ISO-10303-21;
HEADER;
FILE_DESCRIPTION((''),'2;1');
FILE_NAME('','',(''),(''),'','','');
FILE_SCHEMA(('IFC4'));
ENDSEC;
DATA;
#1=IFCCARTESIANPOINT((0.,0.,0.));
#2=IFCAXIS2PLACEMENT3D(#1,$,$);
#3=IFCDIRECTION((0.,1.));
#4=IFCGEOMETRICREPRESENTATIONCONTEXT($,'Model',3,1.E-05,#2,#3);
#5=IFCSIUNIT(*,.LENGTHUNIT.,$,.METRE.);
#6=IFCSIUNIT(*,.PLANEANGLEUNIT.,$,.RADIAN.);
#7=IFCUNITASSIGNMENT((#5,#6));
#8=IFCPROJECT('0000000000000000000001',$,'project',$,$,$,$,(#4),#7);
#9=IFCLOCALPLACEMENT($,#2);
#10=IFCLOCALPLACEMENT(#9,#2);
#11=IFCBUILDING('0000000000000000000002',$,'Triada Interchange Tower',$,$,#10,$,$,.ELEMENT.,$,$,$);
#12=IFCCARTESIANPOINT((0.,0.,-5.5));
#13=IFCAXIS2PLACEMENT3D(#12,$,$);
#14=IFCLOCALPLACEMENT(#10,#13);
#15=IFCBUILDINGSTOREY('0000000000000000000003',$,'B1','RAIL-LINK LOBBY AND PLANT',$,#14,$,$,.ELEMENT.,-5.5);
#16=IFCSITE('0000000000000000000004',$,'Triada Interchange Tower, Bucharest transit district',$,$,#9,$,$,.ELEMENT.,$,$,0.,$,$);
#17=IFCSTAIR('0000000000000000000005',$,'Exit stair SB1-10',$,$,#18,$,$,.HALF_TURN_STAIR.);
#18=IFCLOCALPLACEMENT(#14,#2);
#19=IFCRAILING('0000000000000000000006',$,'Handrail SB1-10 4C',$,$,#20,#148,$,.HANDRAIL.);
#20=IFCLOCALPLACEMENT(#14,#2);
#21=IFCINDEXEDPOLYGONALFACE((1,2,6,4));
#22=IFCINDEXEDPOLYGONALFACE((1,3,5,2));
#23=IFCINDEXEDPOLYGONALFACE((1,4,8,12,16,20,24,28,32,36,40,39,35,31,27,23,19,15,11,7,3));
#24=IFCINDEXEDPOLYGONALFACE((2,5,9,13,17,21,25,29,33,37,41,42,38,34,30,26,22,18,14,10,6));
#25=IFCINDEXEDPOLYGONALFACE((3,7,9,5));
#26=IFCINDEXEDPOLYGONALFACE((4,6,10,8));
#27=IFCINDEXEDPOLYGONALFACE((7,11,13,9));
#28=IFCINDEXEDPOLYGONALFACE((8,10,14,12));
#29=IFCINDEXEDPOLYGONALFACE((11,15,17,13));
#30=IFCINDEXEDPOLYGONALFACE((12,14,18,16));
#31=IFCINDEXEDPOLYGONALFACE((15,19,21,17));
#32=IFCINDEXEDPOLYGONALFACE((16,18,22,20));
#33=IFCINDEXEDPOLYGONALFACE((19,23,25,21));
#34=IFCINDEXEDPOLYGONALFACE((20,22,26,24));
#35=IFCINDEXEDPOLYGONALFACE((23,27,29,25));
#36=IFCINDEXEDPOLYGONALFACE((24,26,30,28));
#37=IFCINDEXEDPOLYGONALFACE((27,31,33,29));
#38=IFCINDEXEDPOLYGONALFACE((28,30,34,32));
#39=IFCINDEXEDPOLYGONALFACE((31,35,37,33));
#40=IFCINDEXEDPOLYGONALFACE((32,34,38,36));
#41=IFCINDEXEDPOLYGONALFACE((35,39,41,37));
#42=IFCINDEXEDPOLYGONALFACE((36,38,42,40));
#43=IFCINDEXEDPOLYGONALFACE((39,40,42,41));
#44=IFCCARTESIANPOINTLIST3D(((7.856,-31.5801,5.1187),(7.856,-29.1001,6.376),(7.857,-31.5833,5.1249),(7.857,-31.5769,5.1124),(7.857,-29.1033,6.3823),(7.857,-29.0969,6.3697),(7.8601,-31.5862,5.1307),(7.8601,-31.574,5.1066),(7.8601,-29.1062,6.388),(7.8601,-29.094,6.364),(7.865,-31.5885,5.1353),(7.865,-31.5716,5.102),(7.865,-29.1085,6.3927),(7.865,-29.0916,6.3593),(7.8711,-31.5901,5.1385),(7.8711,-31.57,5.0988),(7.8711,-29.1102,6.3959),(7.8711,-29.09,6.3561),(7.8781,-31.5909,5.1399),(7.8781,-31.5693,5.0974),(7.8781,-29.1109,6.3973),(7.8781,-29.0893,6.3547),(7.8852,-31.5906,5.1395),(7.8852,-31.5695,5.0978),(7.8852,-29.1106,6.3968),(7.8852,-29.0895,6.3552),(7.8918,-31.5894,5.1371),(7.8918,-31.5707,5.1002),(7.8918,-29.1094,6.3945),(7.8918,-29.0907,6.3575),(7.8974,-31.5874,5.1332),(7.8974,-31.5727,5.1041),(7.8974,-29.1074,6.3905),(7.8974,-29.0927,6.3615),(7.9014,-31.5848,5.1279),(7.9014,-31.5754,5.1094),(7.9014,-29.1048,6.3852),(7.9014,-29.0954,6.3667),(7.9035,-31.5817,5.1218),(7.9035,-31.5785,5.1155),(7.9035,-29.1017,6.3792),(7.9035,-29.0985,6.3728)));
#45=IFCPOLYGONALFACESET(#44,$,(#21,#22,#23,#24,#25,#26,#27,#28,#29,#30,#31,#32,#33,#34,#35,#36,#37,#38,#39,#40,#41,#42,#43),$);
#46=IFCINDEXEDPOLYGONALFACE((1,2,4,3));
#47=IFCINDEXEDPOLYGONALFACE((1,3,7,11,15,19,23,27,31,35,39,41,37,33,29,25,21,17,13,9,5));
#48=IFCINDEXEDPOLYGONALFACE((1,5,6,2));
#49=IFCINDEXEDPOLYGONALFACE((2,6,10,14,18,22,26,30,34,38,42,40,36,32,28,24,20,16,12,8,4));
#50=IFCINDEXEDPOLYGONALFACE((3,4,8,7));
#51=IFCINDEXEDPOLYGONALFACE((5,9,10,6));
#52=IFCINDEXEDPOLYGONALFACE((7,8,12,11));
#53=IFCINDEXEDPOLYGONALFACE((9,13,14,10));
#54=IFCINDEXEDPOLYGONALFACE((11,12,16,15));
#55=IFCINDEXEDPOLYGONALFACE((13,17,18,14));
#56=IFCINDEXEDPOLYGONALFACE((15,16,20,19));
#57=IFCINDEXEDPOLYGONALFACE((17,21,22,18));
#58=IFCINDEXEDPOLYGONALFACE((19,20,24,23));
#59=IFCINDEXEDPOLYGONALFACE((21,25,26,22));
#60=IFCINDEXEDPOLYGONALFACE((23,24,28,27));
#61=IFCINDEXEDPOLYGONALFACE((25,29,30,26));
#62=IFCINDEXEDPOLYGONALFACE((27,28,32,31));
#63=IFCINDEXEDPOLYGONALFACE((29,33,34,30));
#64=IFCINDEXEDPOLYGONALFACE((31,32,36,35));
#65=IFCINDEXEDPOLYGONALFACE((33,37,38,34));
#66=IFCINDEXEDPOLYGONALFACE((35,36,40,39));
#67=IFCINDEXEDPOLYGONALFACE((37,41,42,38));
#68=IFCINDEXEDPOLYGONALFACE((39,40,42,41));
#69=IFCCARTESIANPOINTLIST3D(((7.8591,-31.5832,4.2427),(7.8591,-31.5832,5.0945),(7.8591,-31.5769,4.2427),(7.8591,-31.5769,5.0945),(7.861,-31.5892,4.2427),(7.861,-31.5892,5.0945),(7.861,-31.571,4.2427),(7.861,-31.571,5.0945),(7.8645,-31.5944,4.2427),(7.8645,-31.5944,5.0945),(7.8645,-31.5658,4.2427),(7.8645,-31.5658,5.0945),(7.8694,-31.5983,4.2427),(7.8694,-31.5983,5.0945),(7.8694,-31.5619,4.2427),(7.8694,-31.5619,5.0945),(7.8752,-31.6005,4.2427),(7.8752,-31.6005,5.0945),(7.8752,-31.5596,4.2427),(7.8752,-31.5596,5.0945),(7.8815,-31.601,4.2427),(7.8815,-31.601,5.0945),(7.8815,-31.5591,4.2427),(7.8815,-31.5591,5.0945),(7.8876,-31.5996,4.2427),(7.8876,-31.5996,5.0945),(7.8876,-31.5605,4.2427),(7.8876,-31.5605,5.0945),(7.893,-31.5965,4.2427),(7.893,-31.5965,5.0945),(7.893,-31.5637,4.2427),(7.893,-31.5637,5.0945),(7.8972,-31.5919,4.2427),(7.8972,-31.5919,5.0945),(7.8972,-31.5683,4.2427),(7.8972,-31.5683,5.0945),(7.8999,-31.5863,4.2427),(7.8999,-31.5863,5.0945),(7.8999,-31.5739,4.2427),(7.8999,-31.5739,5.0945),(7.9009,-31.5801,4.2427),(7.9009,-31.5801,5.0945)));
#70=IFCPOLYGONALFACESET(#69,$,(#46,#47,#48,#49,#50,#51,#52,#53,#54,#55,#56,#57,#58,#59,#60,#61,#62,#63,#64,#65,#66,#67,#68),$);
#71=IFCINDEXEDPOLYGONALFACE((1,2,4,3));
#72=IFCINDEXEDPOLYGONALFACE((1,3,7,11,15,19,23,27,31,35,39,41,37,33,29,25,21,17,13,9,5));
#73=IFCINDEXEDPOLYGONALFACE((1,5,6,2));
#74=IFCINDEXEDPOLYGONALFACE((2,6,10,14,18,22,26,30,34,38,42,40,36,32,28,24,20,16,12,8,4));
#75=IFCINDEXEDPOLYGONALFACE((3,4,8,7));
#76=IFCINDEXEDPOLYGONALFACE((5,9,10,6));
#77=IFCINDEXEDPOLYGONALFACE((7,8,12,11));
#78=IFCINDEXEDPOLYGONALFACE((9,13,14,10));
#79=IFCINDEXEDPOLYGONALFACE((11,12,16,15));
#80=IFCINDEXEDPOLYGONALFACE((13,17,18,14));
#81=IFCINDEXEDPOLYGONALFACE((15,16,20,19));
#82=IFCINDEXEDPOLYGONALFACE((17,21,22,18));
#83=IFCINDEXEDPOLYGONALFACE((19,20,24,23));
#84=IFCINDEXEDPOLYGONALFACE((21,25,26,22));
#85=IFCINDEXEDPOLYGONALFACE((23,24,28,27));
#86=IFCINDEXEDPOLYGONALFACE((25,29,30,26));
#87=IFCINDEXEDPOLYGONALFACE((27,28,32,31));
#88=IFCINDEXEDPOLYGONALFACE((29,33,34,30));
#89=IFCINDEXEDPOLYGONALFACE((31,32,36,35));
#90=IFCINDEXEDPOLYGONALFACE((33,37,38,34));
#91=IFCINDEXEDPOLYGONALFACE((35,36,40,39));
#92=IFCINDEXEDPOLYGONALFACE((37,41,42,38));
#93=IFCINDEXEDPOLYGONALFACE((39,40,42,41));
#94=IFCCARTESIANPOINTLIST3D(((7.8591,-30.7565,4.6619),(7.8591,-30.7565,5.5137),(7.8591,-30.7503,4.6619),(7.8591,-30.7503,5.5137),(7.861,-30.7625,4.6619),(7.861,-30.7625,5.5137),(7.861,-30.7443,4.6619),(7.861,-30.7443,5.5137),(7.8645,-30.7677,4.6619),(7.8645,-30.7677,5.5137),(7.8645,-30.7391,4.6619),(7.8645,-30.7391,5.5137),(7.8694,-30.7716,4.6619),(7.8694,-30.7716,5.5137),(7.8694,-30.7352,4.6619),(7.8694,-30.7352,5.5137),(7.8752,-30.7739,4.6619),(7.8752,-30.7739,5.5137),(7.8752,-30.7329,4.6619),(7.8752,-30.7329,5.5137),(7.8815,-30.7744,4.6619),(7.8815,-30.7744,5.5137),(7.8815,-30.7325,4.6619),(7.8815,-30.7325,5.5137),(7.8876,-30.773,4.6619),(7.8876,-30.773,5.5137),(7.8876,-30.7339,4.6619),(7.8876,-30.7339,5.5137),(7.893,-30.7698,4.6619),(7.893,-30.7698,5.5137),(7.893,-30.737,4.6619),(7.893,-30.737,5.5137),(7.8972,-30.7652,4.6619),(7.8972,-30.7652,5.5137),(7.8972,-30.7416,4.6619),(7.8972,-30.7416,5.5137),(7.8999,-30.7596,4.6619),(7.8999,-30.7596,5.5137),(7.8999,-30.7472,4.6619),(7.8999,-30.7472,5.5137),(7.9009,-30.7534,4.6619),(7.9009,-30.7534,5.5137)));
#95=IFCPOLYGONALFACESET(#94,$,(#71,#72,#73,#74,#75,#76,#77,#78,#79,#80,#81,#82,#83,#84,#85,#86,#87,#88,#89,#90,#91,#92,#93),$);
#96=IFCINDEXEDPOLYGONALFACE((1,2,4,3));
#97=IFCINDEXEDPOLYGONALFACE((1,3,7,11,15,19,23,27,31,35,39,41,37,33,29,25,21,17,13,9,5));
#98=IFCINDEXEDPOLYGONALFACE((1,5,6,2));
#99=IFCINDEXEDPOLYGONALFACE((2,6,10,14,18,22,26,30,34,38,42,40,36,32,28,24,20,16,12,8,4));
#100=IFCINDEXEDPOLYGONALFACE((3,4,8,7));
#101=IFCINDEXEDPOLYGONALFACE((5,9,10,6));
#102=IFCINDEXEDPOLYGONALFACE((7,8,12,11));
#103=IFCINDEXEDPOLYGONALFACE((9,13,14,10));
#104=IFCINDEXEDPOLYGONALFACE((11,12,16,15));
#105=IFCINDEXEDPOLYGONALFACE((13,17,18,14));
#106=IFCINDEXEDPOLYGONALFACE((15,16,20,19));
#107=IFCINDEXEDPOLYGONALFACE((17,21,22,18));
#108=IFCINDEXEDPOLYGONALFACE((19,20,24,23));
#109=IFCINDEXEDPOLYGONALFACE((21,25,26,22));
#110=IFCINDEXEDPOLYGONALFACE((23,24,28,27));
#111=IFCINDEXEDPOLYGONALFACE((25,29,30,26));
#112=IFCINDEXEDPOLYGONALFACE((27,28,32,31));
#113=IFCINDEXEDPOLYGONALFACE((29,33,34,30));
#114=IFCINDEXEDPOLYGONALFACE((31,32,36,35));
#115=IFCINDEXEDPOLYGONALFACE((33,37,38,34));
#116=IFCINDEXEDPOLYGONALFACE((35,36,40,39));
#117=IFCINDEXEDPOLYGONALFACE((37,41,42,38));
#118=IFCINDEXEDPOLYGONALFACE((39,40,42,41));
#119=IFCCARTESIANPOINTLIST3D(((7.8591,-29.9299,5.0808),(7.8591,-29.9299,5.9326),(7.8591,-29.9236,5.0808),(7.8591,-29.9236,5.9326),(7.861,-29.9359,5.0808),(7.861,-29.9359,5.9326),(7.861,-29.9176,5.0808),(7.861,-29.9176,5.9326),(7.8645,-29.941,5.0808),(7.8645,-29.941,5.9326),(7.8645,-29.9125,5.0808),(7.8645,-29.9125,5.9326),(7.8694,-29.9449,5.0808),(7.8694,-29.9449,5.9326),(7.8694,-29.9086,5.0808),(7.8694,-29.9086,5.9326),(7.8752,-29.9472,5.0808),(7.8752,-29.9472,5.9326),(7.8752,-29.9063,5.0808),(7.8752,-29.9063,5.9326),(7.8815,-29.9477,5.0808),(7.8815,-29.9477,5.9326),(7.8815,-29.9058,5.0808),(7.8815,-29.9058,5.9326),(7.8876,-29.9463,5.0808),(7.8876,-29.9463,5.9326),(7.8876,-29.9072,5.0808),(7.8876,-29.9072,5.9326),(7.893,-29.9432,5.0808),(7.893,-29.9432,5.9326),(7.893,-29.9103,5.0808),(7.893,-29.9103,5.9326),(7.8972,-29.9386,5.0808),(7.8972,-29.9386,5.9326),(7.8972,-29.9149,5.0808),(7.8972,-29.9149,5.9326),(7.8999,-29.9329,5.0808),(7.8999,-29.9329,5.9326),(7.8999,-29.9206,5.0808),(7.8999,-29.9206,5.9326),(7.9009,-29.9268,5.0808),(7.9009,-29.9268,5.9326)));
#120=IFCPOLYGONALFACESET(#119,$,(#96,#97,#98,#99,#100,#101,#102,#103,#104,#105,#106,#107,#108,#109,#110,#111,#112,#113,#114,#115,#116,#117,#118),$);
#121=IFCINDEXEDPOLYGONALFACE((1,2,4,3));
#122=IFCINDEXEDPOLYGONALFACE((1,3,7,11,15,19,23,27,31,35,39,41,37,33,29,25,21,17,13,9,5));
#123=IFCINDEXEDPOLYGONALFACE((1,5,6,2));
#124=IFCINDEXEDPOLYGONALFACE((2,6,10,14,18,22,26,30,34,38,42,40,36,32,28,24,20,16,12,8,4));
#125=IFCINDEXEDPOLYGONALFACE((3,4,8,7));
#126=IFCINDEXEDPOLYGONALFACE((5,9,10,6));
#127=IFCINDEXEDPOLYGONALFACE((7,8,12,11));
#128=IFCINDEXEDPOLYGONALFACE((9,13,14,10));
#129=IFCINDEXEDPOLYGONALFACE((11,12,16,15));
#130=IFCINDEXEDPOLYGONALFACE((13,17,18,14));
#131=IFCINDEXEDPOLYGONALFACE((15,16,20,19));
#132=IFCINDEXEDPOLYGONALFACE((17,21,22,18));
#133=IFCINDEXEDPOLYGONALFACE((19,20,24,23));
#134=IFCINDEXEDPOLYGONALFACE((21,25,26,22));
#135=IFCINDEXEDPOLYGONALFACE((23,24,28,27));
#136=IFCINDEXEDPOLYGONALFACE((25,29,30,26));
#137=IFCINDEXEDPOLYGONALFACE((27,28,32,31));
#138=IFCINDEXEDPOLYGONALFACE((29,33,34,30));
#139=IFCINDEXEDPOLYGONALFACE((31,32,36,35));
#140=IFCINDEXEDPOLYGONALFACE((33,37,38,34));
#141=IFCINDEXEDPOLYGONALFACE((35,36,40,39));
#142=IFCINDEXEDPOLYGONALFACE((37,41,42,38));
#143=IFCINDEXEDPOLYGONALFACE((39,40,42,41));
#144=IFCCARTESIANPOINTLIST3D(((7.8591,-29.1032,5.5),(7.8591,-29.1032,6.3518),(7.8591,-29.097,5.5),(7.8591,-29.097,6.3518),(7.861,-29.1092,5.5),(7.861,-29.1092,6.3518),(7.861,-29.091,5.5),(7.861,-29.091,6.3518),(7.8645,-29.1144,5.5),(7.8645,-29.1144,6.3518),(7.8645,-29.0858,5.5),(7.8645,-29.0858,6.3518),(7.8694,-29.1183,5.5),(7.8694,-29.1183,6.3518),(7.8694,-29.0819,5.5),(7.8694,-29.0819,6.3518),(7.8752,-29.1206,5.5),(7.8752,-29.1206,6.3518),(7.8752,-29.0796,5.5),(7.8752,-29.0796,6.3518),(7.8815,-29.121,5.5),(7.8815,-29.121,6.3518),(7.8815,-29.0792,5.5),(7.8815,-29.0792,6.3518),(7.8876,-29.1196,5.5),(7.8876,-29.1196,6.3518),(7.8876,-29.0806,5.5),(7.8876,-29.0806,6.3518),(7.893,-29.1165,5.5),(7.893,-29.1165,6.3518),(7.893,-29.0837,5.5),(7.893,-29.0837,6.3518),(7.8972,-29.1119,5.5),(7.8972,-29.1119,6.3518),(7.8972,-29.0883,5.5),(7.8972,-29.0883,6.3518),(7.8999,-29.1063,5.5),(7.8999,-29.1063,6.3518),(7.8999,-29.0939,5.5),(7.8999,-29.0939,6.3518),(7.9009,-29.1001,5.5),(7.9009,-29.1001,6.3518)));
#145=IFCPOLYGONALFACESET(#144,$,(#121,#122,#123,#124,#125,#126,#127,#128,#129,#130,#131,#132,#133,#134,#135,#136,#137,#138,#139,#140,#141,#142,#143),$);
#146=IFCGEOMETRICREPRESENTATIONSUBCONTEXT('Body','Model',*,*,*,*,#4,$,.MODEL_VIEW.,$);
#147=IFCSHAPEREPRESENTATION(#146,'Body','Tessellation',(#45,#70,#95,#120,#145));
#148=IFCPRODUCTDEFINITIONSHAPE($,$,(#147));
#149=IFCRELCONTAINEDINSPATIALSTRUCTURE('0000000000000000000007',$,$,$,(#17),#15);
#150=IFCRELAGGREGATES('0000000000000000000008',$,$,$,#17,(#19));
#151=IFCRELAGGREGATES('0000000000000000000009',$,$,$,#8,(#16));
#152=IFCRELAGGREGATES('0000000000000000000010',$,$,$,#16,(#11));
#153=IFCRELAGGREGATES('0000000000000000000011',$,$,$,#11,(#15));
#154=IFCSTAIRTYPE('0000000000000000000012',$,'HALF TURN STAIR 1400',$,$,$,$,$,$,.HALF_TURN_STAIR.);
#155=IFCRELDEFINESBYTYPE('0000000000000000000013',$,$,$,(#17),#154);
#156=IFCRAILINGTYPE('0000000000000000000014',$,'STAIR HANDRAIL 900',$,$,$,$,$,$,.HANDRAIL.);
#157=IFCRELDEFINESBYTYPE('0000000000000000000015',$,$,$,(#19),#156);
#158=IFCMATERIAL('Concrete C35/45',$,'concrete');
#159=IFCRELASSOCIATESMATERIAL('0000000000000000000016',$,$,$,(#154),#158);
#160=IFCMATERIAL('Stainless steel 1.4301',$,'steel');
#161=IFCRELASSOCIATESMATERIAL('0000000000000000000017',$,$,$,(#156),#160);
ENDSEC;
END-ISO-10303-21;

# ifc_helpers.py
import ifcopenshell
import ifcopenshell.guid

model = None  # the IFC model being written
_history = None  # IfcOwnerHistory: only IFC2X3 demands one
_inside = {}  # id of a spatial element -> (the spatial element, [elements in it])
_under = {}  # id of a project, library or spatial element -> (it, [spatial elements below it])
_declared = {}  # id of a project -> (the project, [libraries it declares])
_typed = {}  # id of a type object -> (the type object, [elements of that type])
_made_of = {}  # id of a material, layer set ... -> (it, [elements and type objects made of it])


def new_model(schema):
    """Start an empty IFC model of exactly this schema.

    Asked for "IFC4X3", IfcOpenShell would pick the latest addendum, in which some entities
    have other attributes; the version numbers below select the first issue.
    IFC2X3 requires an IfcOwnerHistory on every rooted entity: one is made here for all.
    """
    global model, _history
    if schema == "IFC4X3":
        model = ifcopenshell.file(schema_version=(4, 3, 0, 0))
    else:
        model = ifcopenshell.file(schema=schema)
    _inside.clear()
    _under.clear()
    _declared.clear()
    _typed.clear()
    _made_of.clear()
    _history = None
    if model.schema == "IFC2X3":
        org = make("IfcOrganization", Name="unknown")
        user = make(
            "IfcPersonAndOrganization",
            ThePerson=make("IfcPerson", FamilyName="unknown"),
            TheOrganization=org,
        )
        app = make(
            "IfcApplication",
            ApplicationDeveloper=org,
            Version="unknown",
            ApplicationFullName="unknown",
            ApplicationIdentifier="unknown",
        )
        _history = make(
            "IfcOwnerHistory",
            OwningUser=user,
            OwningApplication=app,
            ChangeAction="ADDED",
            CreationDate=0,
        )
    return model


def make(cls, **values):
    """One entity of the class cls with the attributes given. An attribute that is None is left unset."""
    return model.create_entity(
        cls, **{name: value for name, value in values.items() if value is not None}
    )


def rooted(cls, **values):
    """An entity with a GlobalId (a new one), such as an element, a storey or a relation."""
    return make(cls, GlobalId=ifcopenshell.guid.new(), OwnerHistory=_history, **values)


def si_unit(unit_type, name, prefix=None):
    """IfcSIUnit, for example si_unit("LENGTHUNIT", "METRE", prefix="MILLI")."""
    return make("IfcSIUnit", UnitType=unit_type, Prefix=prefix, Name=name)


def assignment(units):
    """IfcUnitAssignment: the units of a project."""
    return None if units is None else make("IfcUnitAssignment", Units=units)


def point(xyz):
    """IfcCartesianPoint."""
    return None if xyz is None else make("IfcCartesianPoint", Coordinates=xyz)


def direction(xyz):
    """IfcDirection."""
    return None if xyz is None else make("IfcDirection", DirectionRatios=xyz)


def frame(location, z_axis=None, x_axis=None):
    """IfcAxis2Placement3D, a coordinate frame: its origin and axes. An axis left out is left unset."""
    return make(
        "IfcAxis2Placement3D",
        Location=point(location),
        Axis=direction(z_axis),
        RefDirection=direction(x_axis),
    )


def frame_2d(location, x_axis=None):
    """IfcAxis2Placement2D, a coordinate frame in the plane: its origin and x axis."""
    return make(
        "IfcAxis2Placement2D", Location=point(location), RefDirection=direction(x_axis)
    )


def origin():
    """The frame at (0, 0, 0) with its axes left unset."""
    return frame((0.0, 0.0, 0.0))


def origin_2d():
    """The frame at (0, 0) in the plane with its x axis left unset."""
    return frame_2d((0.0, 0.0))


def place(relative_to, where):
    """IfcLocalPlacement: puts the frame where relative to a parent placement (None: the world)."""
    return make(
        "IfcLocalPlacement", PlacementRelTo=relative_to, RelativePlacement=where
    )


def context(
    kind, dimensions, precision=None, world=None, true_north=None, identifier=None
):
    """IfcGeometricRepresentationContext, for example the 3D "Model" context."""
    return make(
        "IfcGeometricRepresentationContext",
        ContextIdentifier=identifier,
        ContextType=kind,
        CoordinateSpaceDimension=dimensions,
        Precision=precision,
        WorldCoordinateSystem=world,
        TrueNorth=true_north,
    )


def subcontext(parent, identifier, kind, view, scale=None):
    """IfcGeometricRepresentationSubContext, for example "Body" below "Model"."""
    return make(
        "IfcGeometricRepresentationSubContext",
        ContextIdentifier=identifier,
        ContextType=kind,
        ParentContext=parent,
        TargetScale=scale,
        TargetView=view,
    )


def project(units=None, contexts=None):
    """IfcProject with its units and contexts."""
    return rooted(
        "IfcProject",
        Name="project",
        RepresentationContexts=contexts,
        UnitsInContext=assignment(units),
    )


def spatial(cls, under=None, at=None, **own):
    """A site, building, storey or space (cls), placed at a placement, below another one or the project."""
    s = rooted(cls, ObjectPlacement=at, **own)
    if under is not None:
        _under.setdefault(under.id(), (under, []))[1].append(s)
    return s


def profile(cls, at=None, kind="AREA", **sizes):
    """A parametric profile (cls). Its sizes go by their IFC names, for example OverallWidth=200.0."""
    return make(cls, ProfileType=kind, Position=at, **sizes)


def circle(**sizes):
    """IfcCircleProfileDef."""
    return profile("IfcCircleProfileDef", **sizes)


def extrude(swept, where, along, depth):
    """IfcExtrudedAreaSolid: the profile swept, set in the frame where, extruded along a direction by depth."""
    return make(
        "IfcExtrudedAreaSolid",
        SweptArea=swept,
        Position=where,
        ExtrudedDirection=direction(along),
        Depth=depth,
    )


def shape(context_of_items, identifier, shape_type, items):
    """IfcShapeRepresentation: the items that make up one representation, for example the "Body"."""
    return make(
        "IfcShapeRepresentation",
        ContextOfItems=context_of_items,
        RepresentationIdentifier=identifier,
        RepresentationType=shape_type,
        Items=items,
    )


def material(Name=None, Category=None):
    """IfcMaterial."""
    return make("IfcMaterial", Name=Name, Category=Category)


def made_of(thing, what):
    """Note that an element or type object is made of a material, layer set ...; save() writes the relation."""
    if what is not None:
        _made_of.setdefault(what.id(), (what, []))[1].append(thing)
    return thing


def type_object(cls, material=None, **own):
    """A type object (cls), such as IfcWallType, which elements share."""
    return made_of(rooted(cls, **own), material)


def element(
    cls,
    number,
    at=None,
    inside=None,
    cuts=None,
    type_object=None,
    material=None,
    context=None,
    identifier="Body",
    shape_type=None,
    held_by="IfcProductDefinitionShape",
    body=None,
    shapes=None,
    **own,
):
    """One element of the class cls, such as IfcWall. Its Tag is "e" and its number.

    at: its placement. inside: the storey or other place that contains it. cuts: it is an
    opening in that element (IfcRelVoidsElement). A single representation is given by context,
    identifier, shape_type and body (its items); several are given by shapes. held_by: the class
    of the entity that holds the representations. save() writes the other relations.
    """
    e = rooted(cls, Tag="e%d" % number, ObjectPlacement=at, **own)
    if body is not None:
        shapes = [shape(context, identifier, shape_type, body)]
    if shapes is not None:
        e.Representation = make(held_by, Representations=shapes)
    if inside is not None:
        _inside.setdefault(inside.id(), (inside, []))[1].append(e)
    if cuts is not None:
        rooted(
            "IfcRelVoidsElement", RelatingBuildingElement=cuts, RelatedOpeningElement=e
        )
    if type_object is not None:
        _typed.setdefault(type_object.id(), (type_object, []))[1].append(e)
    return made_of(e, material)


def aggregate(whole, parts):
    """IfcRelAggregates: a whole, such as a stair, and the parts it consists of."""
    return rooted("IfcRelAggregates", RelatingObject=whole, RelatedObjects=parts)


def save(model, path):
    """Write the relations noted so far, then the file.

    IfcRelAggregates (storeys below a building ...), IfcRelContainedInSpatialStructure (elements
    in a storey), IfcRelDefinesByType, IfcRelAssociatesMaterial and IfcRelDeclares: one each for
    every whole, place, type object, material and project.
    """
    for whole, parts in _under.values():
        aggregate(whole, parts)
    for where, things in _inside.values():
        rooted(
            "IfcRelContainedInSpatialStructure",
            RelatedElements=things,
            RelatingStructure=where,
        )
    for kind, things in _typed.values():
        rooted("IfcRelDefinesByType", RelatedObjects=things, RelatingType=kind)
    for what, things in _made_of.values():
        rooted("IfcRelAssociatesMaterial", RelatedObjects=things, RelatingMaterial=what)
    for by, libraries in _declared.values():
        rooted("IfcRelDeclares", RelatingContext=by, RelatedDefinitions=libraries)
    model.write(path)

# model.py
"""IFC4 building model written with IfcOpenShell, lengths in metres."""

from ifc_helpers import new_model, si_unit, direction, frame, origin, origin_2d, place, context, subcontext, project, spatial, circle, extrude, material, type_object, element, aggregate, save


model = new_model("IFC4")

# Units and contexts
model_context = context("Model", 3, precision=1e-05, world=origin(), true_north=direction((0.0, 1.0)))
body_context = subcontext(model_context, "Body", "Model", "MODEL_VIEW")
ifc_project = project(units=[si_unit("LENGTHUNIT", "METRE"), si_unit("PLANEANGLEUNIT", "RADIAN")], contexts=[model_context])

# Site, building, storey
site_placement = place(None, origin())
site = spatial("IfcSite", under=ifc_project, at=site_placement, Name="Triada Interchange Tower, Bucharest transit district", CompositionType="ELEMENT", RefElevation=0.0)
building_placement = place(site_placement, origin())
building = spatial("IfcBuilding", under=site, at=building_placement, Name="Triada Interchange Tower", CompositionType="ELEMENT")
storey_placement = place(building_placement, frame((0.0, 0.0, -5.5)))
storey = spatial("IfcBuildingStorey", under=building, at=storey_placement, Name="B1", Description="RAIL-LINK LOBBY AND PLANT", CompositionType="ELEMENT", Elevation=-5.5)

# Shared definitions
ifc_material_1 = material(Name="Concrete C35/45", Category="concrete")

# Stair, railing
stair_type = type_object("IfcStairType", Name="HALF TURN STAIR 1400", PredefinedType="HALF_TURN_STAIR", material=ifc_material_1)
stair_placement = place(storey_placement, origin())
stair = element("IfcStair", 1, at=stair_placement, inside=storey, type_object=stair_type, Name="Exit stair SB1-10", PredefinedType="HALF_TURN_STAIR")
ifc_material_2 = material(Name="Stainless steel 1.4301", Category="steel")
railing_type_1 = type_object("IfcRailingType", Name="STAIR HANDRAIL 900", PredefinedType="HANDRAIL", material=ifc_material_2)
railing_1_placement = place(storey_placement, frame((7.8799, -31.5801, 4.2427)))
railing_1 = element("IfcRailing", 2, at=railing_1_placement, type_object=railing_type_1, Name="Handrail SB1-10 4C", PredefinedType="HANDRAIL", context=body_context, shape_type="SweptSolid", body=[
    extrude(circle(Radius=0.0239, at=origin_2d()), frame((0.0, 0.0, 0.876), z_axis=(0.0, 0.89192, 0.452194), x_axis=(-1.0, 0.0, 0.0)), (0.0, 0.0, 1.0), 2.7805),
    extrude(circle(Radius=0.021, at=origin_2d()), origin(), (0.0, 0.0, 1.0), 0.8518),
    extrude(circle(Radius=0.021, at=origin_2d()), frame((0.0, 0.8267, 0.4192)), (0.0, 0.0, 1.0), 0.8518),
    extrude(circle(Radius=0.021, at=origin_2d()), frame((0.0, 1.6533, 0.8381)), (0.0, 0.0, 1.0), 0.8518),
    extrude(circle(Radius=0.021, at=origin_2d()), frame((0.0, 2.48, 1.2573)), (0.0, 0.0, 1.0), 0.8518),
])
aggregate(stair, [railing_1])

save(model, "model.ifc")
